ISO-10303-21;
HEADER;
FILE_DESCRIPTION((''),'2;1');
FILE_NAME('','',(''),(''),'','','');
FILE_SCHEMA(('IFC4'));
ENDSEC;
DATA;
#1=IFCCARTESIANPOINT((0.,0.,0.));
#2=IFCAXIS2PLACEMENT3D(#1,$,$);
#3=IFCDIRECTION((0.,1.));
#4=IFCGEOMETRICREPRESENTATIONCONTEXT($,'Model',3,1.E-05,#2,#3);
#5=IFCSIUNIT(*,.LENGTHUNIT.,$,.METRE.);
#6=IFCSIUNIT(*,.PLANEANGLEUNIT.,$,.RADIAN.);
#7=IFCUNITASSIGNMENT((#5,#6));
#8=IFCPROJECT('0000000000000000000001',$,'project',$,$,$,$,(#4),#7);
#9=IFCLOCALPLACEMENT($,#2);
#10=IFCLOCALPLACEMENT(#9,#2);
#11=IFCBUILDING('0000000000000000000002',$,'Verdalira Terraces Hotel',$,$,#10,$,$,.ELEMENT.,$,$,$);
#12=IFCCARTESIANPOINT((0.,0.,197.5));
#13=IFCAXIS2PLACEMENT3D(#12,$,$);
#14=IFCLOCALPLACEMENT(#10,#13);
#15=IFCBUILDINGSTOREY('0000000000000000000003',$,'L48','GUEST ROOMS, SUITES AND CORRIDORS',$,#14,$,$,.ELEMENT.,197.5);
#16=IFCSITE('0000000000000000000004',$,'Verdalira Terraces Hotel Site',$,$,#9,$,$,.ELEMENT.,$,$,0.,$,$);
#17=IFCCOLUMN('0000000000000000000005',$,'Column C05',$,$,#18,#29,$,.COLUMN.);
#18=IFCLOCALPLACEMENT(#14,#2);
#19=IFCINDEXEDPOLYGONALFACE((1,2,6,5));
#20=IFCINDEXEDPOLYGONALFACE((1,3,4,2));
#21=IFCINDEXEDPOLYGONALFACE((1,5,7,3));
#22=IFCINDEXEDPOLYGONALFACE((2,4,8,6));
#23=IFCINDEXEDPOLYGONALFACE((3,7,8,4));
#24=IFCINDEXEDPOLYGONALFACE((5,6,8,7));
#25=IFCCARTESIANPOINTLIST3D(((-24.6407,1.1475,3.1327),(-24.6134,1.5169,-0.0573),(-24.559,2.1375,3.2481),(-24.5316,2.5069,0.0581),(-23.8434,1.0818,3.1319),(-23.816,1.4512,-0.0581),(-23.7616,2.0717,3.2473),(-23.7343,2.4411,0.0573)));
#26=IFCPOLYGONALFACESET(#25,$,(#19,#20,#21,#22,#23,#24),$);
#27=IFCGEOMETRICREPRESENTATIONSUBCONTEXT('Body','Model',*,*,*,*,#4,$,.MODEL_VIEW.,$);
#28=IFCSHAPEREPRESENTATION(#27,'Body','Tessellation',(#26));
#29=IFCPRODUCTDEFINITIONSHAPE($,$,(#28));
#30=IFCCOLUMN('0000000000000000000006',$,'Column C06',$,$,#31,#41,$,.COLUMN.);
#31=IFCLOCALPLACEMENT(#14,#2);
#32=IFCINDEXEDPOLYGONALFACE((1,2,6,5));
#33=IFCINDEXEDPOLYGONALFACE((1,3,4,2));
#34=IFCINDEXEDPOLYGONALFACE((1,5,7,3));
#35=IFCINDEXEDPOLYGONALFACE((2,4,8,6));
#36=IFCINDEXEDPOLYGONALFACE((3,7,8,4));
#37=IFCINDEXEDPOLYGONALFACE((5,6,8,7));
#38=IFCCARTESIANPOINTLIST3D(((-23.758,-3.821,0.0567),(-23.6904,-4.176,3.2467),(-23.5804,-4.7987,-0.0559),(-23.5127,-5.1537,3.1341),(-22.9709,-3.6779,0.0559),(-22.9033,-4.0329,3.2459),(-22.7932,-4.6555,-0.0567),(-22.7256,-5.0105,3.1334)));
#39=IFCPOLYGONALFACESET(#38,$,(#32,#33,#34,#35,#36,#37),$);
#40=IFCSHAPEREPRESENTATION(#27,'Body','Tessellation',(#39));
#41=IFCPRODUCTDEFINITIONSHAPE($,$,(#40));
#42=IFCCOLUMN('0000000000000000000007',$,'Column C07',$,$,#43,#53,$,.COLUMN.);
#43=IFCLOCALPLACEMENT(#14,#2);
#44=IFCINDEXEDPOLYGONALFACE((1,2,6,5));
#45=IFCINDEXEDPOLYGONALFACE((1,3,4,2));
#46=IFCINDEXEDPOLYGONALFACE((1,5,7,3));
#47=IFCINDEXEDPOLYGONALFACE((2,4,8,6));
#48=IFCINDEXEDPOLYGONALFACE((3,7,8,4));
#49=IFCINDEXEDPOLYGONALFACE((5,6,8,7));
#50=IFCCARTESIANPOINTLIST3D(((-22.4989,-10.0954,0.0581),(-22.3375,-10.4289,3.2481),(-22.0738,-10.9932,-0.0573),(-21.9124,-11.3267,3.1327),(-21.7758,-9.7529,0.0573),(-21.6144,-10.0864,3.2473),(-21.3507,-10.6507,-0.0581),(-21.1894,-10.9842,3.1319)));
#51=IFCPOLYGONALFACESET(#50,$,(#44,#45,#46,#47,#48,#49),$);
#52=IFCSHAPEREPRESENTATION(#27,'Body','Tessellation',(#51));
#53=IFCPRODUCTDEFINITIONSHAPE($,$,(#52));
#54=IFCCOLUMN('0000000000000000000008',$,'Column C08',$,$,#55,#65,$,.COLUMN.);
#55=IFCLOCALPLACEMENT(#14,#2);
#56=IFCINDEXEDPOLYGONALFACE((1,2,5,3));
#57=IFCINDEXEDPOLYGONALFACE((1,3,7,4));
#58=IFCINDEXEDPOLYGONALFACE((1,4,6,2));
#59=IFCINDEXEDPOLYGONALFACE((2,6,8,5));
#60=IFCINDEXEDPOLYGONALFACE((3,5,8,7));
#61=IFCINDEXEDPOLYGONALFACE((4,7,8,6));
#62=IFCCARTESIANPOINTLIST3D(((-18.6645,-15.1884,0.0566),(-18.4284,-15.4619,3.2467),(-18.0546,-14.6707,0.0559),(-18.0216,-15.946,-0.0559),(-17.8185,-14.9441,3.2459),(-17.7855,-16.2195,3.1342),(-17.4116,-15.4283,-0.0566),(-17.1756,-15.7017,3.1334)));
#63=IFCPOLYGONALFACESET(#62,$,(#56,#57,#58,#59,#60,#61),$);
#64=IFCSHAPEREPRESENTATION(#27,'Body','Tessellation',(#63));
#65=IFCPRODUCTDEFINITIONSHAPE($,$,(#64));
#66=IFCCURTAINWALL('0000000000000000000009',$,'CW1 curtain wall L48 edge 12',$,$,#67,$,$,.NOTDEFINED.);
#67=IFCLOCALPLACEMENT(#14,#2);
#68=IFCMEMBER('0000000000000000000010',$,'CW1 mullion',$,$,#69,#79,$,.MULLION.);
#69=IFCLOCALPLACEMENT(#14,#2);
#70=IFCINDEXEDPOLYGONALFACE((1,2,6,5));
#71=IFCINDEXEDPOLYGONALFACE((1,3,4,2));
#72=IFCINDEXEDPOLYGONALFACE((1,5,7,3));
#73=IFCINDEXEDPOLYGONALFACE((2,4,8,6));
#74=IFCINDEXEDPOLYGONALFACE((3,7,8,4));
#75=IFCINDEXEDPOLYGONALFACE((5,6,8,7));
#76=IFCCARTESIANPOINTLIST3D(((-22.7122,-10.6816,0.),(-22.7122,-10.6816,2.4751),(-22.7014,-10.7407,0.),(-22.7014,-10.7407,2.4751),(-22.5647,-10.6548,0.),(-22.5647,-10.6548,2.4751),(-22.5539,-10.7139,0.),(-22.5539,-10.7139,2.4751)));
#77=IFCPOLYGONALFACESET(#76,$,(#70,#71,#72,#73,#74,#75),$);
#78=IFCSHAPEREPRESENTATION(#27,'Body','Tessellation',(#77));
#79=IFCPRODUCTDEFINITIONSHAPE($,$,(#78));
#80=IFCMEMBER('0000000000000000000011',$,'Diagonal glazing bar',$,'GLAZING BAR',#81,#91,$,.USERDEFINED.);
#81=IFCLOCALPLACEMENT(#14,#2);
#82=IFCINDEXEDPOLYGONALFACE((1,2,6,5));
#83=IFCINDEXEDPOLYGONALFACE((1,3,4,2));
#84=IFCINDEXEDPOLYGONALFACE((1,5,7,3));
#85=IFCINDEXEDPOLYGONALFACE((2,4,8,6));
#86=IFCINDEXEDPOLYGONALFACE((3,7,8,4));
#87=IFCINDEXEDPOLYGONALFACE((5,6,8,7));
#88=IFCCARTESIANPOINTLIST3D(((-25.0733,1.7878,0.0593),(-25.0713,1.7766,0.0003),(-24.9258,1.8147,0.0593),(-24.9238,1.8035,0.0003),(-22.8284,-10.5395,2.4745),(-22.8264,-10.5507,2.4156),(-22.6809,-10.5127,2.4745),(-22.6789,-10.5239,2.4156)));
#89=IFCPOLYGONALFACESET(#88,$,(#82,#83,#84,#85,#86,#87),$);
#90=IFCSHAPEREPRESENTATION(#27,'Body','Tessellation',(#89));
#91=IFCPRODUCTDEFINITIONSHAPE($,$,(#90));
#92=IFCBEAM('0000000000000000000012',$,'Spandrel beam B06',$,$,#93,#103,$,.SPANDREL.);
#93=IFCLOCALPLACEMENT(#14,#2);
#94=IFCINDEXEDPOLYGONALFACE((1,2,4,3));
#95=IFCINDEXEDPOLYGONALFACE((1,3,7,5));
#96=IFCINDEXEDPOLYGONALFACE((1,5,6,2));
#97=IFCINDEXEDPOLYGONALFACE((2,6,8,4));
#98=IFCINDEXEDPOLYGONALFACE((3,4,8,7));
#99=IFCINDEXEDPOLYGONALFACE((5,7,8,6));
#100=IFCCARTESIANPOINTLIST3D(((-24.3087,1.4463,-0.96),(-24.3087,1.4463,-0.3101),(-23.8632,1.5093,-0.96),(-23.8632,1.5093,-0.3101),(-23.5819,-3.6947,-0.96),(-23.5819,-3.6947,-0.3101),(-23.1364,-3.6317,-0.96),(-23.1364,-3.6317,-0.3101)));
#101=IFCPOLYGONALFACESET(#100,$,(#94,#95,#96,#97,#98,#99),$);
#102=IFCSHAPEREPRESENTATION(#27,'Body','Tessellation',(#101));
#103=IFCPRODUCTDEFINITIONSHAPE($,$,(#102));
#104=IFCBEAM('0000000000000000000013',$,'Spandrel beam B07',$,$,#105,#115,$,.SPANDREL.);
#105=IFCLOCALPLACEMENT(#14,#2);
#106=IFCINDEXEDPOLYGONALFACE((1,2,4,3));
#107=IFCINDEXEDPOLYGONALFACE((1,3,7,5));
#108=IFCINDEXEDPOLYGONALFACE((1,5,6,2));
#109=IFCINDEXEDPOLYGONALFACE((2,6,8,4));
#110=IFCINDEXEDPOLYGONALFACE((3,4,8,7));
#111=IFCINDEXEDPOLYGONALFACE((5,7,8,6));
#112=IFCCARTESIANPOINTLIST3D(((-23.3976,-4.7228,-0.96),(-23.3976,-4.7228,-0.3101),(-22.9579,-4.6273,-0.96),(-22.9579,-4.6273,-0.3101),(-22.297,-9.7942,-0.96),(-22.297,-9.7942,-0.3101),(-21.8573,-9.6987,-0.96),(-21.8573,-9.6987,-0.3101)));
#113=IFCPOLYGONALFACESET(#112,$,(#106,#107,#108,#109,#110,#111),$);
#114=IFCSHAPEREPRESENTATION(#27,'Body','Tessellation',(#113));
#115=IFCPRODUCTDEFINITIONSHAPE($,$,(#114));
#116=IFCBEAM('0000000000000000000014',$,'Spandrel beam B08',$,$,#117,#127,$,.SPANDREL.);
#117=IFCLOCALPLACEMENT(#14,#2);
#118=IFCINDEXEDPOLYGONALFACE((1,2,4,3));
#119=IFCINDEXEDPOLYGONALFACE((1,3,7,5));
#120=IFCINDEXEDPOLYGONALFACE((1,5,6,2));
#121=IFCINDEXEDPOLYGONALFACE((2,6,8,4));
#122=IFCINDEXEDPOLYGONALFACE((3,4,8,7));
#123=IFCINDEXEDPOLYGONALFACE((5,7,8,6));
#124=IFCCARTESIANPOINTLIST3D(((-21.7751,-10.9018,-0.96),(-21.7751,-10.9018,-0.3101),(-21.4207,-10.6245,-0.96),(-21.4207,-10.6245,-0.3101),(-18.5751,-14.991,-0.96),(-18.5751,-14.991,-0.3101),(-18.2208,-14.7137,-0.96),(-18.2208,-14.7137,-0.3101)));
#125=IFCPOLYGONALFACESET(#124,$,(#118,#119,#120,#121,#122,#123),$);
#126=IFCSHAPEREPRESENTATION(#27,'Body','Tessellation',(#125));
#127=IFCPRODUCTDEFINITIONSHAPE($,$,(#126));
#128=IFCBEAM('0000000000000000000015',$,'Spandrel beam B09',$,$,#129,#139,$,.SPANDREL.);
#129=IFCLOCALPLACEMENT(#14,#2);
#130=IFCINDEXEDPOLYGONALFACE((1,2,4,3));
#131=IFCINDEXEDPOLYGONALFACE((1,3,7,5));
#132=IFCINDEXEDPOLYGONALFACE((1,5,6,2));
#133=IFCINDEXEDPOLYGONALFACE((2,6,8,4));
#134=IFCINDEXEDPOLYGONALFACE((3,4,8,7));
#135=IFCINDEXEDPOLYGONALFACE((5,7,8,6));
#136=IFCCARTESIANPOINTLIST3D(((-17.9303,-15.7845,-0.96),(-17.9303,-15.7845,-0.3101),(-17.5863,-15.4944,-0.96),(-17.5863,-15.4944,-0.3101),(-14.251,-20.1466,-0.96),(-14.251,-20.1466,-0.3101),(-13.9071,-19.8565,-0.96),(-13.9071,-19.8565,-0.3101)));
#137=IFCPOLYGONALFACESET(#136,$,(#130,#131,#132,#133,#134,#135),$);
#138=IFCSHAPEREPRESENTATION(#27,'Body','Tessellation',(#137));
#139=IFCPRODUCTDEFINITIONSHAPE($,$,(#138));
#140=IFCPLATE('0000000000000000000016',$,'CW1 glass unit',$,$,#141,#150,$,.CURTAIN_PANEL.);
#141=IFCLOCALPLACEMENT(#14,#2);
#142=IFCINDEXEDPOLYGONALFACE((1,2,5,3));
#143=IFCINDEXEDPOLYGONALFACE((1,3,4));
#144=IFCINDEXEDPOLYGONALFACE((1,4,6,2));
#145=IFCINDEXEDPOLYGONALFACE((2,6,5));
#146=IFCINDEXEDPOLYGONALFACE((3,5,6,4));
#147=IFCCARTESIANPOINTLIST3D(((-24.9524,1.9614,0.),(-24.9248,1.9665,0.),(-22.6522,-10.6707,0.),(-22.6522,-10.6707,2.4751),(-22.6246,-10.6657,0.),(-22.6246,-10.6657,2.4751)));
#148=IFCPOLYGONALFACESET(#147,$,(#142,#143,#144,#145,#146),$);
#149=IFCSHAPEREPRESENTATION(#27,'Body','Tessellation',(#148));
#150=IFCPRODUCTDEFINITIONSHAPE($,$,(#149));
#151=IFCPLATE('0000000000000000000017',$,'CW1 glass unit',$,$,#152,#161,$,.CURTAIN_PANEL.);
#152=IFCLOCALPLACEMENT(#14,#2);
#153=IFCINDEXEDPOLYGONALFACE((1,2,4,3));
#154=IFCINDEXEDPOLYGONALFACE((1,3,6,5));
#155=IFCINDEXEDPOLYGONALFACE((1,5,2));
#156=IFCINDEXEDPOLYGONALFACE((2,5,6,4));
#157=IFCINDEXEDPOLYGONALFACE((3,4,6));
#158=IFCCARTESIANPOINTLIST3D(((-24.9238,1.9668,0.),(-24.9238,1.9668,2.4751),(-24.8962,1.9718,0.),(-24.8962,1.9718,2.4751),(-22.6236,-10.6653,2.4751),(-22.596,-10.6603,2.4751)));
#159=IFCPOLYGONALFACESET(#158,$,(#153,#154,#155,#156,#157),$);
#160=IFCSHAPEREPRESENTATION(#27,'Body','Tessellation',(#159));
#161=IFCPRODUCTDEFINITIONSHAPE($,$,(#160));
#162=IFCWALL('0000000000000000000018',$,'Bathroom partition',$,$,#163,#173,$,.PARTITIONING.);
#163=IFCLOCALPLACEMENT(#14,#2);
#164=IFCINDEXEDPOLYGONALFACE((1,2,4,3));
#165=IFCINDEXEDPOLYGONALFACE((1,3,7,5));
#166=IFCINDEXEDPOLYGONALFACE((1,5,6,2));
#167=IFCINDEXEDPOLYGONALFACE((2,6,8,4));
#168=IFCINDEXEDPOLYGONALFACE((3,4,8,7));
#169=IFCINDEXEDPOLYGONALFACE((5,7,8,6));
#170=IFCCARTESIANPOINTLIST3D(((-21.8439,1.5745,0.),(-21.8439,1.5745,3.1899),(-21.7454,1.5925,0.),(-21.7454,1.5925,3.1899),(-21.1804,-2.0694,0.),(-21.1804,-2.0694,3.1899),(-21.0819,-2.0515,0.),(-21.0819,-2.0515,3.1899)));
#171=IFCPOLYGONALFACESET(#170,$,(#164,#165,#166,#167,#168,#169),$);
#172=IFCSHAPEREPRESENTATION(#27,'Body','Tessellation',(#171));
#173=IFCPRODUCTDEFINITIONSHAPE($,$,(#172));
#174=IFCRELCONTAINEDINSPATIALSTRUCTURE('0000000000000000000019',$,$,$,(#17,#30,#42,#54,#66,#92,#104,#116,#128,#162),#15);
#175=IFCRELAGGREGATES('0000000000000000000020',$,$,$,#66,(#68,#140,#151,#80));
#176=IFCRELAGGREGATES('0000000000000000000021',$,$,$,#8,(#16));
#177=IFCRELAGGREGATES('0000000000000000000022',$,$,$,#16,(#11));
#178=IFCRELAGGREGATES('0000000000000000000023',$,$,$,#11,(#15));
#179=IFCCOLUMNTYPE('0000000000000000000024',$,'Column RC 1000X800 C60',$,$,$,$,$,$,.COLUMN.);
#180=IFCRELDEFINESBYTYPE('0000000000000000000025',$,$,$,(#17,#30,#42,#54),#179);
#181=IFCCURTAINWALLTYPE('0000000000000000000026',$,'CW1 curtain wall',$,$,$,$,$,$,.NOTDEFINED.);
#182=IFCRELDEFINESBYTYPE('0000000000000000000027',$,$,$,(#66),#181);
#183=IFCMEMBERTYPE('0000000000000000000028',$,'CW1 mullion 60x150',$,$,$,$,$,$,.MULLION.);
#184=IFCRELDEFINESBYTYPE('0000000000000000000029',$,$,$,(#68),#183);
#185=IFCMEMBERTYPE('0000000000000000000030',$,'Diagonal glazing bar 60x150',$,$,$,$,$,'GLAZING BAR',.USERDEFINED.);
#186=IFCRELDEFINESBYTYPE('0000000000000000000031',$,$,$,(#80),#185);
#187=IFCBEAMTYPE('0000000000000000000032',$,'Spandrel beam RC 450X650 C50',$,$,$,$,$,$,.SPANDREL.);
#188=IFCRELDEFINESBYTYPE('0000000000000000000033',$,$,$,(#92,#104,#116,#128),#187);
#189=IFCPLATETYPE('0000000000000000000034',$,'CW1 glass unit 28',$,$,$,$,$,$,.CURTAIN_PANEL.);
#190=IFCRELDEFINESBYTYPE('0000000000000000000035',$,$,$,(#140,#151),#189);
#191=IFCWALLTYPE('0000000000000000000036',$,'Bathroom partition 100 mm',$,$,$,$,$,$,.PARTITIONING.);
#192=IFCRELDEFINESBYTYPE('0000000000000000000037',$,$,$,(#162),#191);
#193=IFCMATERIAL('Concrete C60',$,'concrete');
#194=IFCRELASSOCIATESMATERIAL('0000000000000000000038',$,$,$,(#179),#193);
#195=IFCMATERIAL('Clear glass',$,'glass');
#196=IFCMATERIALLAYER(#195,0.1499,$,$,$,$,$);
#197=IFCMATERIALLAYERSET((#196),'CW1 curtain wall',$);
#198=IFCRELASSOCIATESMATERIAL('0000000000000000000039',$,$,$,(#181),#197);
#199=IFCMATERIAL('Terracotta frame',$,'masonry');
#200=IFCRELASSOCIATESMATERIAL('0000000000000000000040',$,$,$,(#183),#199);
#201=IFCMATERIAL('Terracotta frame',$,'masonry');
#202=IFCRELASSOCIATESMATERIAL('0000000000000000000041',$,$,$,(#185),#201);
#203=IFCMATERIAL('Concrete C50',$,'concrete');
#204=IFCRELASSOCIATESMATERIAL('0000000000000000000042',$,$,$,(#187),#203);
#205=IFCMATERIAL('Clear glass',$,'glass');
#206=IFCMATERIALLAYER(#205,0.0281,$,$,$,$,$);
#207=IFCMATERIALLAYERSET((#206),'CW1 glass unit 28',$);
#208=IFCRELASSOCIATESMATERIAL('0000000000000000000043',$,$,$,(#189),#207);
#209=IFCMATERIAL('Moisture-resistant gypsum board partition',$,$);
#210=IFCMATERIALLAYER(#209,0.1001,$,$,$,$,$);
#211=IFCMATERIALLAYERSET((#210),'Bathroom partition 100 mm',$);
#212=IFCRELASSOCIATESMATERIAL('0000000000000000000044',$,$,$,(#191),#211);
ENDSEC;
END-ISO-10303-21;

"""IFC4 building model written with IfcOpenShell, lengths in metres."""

from ifc_helpers import new_model, si_unit, direction, frame, frame_2d, origin, origin_2d, place, context, subcontext, project, spatial, polyline, rectangle, outline, extrude, material, layer, layer_set, material_profile, profile_set, type_object, element, aggregate, save


model = new_model("IFC4")

# Units and contexts
model_context = context("Model", 3, precision=1e-05, world=origin(), true_north=direction((0.0, 1.0)))
body_context = subcontext(model_context, "Body", "Model", "MODEL_VIEW")
ifc_project = project(units=[si_unit("LENGTHUNIT", "METRE"), si_unit("PLANEANGLEUNIT", "RADIAN")], contexts=[model_context])

# Site, building, storey
site_placement = place(None, origin())
site = spatial("IfcSite", under=ifc_project, at=site_placement, Name="Verdalira Terraces Hotel Site", CompositionType="ELEMENT", RefElevation=0.0)
building_placement = place(site_placement, origin())
building = spatial("IfcBuilding", under=site, at=building_placement, Name="Verdalira Terraces Hotel", CompositionType="ELEMENT")
storey_placement = place(building_placement, frame((0.0, 0.0, 197.5)))
storey = spatial("IfcBuildingStorey", under=building, at=storey_placement, Name="L48", Description="GUEST ROOMS, SUITES AND CORRIDORS", CompositionType="ELEMENT", Elevation=197.5)

# Columns
ifc_material_1 = material(Name="Concrete C60", Category="concrete")
ifc_material_profile_1 = material_profile(ifc_material_1, rectangle(XDim=1.0, YDim=0.8, at=origin_2d()), Name="RC 1000X800")
ifc_profile_set_1 = profile_set([ifc_material_profile_1], Name="Concrete C60")
column_type = type_object("IfcColumnType", Name="Column RC 1000X800 C60", PredefinedType="COLUMN", material=ifc_profile_set_1)
column_1_placement = place(storey_placement, frame((-24.1738, 1.979, 0.0), z_axis=(-0.008515, -0.115024, 0.993326), x_axis=(0.081738, 0.989958, 0.115335)))
element("IfcColumn", 1, at=column_1_placement, inside=storey, type_object=column_type, Name="Column C05", PredefinedType="COLUMN", context=body_context, shape_type="SweptSolid", body=[
    extrude(rectangle(XDim=1.0, YDim=0.8, at=origin_2d()), origin(), (0.0, 0.0, 1.0), 3.2114),
])
column_2_placement = place(storey_placement, frame((-23.2756, -4.2383, 0.0), z_axis=(0.021065, -0.110574, 0.993645), x_axis=(0.177665, -0.977633, -0.112559)))
element("IfcColumn", 2, at=column_2_placement, inside=storey, type_object=column_type, Name="Column C06", PredefinedType="COLUMN", context=body_context, shape_type="SweptSolid", body=[
    extrude(rectangle(XDim=1.0, YDim=0.8, at=origin_2d()), origin(), (0.0, 0.0, 1.0), 3.2104),
])
column_3_placement = place(storey_placement, frame((-21.9248, -10.373, 0.0), z_axis=(0.050252, -0.103848, 0.993323), x_axis=(-0.425063, 0.897782, 0.115363)))
element("IfcColumn", 3, at=column_3_placement, inside=storey, type_object=column_type, Name="Column C07", PredefinedType="COLUMN", context=body_context, shape_type="SweptSolid", body=[
    extrude(rectangle(XDim=1.0, YDim=0.8, at=origin_2d()), origin(), (0.0, 0.0, 1.0), 3.2114),
])
column_4_placement = place(storey_placement, frame((-18.0381, -15.3084, 0.0), z_axis=(0.073539, -0.085174, 0.993649), x_axis=(0.642958, -0.75759, -0.112524)))
element("IfcColumn", 4, at=column_4_placement, inside=storey, type_object=column_type, Name="Column C08", PredefinedType="COLUMN", context=body_context, shape_type="SweptSolid", body=[
    extrude(rectangle(XDim=1.0, YDim=0.8, at=origin_2d()), origin(), (0.0, 0.0, 1.0), 3.2104),
])

# Curtain wall, members
ifc_material_2 = material(Name="Clear glass", Category="glass")
ifc_layer_1 = layer(ifc_material_2, 0.1499)
ifc_layer_set_1 = layer_set([ifc_layer_1], Name="CW1 curtain wall")
curtain_wall_type = type_object("IfcCurtainWallType", Name="CW1 curtain wall", PredefinedType="NOTDEFINED", material=ifc_layer_set_1)
curtain_wall_placement = place(storey_placement, origin())
curtain_wall = element("IfcCurtainWall", 5, at=curtain_wall_placement, inside=storey, type_object=curtain_wall_type, Name="CW1 curtain wall L48 edge 12", PredefinedType="NOTDEFINED")
ifc_material_3 = material(Name="Terracotta frame", Category="masonry")
ifc_material_profile_2 = material_profile(ifc_material_3, rectangle(XDim=0.0601, YDim=0.1499, at=origin_2d()), Name="MU 60x150")
ifc_profile_set_2 = profile_set([ifc_material_profile_2], Name="Terracotta frame")
member_type_1 = type_object("IfcMemberType", Name="CW1 mullion 60x150", PredefinedType="MULLION", material=ifc_profile_set_2)
member_1_placement = place(storey_placement, frame((-22.6331, -10.6978, 0.0), z_axis=(0.0, 0.0, 1.0), x_axis=(0.179146, -0.983823, 0.0)))
member_1 = element("IfcMember", 6, at=member_1_placement, type_object=member_type_1, Name="CW1 mullion", PredefinedType="MULLION", context=body_context, shape_type="SweptSolid", body=[
    extrude(rectangle(XDim=0.0601, YDim=0.1499, at=origin_2d()), origin(), (0.0, 0.0, 1.0), 2.4751),
])
ifc_material_4 = material(Name="Terracotta frame", Category="masonry")
ifc_material_profile_3 = material_profile(ifc_material_4, rectangle(XDim=0.1499, YDim=0.0601, at=origin_2d()), Name="GB 60x150")
ifc_profile_set_3 = profile_set([ifc_material_profile_3], Name="Terracotta frame")
member_type_2 = type_object("IfcMemberType", Name="Diagonal glazing bar 60x150", ElementType="GLAZING BAR", PredefinedType="USERDEFINED", material=ifc_profile_set_3)
member_2_placement = place(storey_placement, frame((-24.9985, 1.7957, 0.0298), z_axis=(0.17592, -0.966037, 0.189274), x_axis=(0.98382, 0.179158, 0.0)))
member_2 = element("IfcMember", 7, at=member_2_placement, type_object=member_type_2, Name="Diagonal glazing bar", ObjectType="GLAZING BAR", PredefinedType="USERDEFINED", context=body_context, shape_type="SweptSolid", body=[
    extrude(rectangle(XDim=0.1499, YDim=0.0601, at=origin_2d()), origin(), (0.0, 0.0, 1.0), 12.7607),
])

# Beams
ifc_material_5 = material(Name="Concrete C50", Category="concrete")
ifc_material_profile_4 = material_profile(ifc_material_5, rectangle(XDim=0.45, YDim=0.6499, at=origin_2d()), Name="RC 450X650")
ifc_profile_set_4 = profile_set([ifc_material_profile_4], Name="Concrete C50")
beam_type = type_object("IfcBeamType", Name="Spandrel beam RC 450X650 C50", PredefinedType="SPANDREL", material=ifc_profile_set_4)
beam_1_placement = place(storey_placement, frame((-24.0859, 1.4778, -0.635), z_axis=(0.13998, -0.990154, 0.0), x_axis=(0.990154, 0.13998, 0.0)))
element("IfcBeam", 8, at=beam_1_placement, inside=storey, type_object=beam_type, Name="Spandrel beam B06", PredefinedType="SPANDREL", context=body_context, shape_type="SweptSolid", body=[
    extrude(rectangle(XDim=0.45, YDim=0.6499, at=origin_2d()), origin(), (0.0, 0.0, 1.0), 5.1921),
])
beam_2_placement = place(storey_placement, frame((-23.1777, -4.675, -0.635), z_axis=(0.212086, -0.977251, 0.0), x_axis=(0.977251, 0.212086, 0.0)))
element("IfcBeam", 9, at=beam_2_placement, inside=storey, type_object=beam_type, Name="Spandrel beam B07", PredefinedType="SPANDREL", context=body_context, shape_type="SweptSolid", body=[
    extrude(rectangle(XDim=0.45, YDim=0.6499, at=origin_2d()), origin(), (0.0, 0.0, 1.0), 5.1895),
])
beam_3_placement = place(storey_placement, frame((-21.5979, -10.7632, -0.635), z_axis=(0.616282, -0.787526, 0.0), x_axis=(0.787526, 0.616282, 0.0)))
element("IfcBeam", 10, at=beam_3_placement, inside=storey, type_object=beam_type, Name="Spandrel beam B08", PredefinedType="SPANDREL", context=body_context, shape_type="SweptSolid", body=[
    extrude(rectangle(XDim=0.45, YDim=0.6499, at=origin_2d()), origin(), (0.0, 0.0, 1.0), 5.1924),
])
beam_4_placement = place(storey_placement, frame((-17.7583, -15.6394, -0.635), z_axis=(0.644739, -0.764403, 0.0), x_axis=(0.764403, 0.644739, 0.0)))
element("IfcBeam", 11, at=beam_4_placement, inside=storey, type_object=beam_type, Name="Spandrel beam B09", PredefinedType="SPANDREL", context=body_context, shape_type="SweptSolid", body=[
    extrude(rectangle(XDim=0.45, YDim=0.6499, at=origin_2d()), origin(), (0.0, 0.0, 1.0), 5.7065),
])

# Plates
ifc_material_6 = material(Name="Clear glass", Category="glass")
ifc_layer_2 = layer(ifc_material_6, 0.0281)
ifc_layer_set_2 = layer_set([ifc_layer_2], Name="CW1 glass unit 28")
plate_type = type_object("IfcPlateType", Name="CW1 glass unit 28", PredefinedType="CURTAIN_PANEL", material=ifc_layer_set_2)
plate_1_placement = place(storey_placement, frame((-23.7747, -4.3496, 1.2375), z_axis=(-0.983823, -0.179146, 0.0), x_axis=(0.179146, -0.983823, 0.0)))
plate_1 = element("IfcPlate", 12, at=plate_1_placement, type_object=plate_type, Name="CW1 glass unit", PredefinedType="CURTAIN_PANEL", context=body_context, shape_type="SweptSolid", body=[
    extrude(outline(polyline([(-6.4199, -1.2375), (6.4199, -1.2375), (6.4199, 1.2375), (-6.4199, -1.2375)])), origin(), (0.0, 0.0, 1.0), 0.0281),
])
plate_2_placement = place(storey_placement, frame((-23.7461, -4.3442, 1.2375), z_axis=(-0.983823, -0.179146, 0.0), x_axis=(0.179146, -0.983823, 0.0)))
plate_2 = element("IfcPlate", 13, at=plate_2_placement, type_object=plate_type, Name="CW1 glass unit", PredefinedType="CURTAIN_PANEL", context=body_context, shape_type="SweptSolid", body=[
    extrude(outline(polyline([(-6.4199, -1.2375), (6.4199, 1.2375), (-6.4199, 1.2375), (-6.4199, -1.2375)])), origin(), (0.0, 0.0, 1.0), 0.0281),
])
aggregate(curtain_wall, [member_1, plate_1, plate_2, member_2])

# Wall
ifc_material_7 = material(Name="Moisture-resistant gypsum board partition")
ifc_layer_3 = layer(ifc_material_7, 0.1001)
ifc_layer_set_3 = layer_set([ifc_layer_3], Name="Bathroom partition 100 mm")
wall_type_1 = type_object("IfcWallType", Name="Bathroom partition 100 mm", PredefinedType="PARTITIONING", material=ifc_layer_set_3)
wall_1_placement = place(storey_placement, frame((-21.1311, -2.0605, 0.0), z_axis=(0.0, 0.0, 1.0), x_axis=(-0.179152, 0.983821, 0.0)))
element("IfcWall", 14, at=wall_1_placement, inside=storey, type_object=wall_type_1, Name="Bathroom partition", PredefinedType="PARTITIONING", context=body_context, shape_type="SweptSolid", body=[
    extrude(rectangle(XDim=3.7039, YDim=0.1001, at=frame_2d((1.8521, 0.0))), origin(), (0.0, 0.0, 1.0), 3.1899),
])

save(model, "model.ifc")
